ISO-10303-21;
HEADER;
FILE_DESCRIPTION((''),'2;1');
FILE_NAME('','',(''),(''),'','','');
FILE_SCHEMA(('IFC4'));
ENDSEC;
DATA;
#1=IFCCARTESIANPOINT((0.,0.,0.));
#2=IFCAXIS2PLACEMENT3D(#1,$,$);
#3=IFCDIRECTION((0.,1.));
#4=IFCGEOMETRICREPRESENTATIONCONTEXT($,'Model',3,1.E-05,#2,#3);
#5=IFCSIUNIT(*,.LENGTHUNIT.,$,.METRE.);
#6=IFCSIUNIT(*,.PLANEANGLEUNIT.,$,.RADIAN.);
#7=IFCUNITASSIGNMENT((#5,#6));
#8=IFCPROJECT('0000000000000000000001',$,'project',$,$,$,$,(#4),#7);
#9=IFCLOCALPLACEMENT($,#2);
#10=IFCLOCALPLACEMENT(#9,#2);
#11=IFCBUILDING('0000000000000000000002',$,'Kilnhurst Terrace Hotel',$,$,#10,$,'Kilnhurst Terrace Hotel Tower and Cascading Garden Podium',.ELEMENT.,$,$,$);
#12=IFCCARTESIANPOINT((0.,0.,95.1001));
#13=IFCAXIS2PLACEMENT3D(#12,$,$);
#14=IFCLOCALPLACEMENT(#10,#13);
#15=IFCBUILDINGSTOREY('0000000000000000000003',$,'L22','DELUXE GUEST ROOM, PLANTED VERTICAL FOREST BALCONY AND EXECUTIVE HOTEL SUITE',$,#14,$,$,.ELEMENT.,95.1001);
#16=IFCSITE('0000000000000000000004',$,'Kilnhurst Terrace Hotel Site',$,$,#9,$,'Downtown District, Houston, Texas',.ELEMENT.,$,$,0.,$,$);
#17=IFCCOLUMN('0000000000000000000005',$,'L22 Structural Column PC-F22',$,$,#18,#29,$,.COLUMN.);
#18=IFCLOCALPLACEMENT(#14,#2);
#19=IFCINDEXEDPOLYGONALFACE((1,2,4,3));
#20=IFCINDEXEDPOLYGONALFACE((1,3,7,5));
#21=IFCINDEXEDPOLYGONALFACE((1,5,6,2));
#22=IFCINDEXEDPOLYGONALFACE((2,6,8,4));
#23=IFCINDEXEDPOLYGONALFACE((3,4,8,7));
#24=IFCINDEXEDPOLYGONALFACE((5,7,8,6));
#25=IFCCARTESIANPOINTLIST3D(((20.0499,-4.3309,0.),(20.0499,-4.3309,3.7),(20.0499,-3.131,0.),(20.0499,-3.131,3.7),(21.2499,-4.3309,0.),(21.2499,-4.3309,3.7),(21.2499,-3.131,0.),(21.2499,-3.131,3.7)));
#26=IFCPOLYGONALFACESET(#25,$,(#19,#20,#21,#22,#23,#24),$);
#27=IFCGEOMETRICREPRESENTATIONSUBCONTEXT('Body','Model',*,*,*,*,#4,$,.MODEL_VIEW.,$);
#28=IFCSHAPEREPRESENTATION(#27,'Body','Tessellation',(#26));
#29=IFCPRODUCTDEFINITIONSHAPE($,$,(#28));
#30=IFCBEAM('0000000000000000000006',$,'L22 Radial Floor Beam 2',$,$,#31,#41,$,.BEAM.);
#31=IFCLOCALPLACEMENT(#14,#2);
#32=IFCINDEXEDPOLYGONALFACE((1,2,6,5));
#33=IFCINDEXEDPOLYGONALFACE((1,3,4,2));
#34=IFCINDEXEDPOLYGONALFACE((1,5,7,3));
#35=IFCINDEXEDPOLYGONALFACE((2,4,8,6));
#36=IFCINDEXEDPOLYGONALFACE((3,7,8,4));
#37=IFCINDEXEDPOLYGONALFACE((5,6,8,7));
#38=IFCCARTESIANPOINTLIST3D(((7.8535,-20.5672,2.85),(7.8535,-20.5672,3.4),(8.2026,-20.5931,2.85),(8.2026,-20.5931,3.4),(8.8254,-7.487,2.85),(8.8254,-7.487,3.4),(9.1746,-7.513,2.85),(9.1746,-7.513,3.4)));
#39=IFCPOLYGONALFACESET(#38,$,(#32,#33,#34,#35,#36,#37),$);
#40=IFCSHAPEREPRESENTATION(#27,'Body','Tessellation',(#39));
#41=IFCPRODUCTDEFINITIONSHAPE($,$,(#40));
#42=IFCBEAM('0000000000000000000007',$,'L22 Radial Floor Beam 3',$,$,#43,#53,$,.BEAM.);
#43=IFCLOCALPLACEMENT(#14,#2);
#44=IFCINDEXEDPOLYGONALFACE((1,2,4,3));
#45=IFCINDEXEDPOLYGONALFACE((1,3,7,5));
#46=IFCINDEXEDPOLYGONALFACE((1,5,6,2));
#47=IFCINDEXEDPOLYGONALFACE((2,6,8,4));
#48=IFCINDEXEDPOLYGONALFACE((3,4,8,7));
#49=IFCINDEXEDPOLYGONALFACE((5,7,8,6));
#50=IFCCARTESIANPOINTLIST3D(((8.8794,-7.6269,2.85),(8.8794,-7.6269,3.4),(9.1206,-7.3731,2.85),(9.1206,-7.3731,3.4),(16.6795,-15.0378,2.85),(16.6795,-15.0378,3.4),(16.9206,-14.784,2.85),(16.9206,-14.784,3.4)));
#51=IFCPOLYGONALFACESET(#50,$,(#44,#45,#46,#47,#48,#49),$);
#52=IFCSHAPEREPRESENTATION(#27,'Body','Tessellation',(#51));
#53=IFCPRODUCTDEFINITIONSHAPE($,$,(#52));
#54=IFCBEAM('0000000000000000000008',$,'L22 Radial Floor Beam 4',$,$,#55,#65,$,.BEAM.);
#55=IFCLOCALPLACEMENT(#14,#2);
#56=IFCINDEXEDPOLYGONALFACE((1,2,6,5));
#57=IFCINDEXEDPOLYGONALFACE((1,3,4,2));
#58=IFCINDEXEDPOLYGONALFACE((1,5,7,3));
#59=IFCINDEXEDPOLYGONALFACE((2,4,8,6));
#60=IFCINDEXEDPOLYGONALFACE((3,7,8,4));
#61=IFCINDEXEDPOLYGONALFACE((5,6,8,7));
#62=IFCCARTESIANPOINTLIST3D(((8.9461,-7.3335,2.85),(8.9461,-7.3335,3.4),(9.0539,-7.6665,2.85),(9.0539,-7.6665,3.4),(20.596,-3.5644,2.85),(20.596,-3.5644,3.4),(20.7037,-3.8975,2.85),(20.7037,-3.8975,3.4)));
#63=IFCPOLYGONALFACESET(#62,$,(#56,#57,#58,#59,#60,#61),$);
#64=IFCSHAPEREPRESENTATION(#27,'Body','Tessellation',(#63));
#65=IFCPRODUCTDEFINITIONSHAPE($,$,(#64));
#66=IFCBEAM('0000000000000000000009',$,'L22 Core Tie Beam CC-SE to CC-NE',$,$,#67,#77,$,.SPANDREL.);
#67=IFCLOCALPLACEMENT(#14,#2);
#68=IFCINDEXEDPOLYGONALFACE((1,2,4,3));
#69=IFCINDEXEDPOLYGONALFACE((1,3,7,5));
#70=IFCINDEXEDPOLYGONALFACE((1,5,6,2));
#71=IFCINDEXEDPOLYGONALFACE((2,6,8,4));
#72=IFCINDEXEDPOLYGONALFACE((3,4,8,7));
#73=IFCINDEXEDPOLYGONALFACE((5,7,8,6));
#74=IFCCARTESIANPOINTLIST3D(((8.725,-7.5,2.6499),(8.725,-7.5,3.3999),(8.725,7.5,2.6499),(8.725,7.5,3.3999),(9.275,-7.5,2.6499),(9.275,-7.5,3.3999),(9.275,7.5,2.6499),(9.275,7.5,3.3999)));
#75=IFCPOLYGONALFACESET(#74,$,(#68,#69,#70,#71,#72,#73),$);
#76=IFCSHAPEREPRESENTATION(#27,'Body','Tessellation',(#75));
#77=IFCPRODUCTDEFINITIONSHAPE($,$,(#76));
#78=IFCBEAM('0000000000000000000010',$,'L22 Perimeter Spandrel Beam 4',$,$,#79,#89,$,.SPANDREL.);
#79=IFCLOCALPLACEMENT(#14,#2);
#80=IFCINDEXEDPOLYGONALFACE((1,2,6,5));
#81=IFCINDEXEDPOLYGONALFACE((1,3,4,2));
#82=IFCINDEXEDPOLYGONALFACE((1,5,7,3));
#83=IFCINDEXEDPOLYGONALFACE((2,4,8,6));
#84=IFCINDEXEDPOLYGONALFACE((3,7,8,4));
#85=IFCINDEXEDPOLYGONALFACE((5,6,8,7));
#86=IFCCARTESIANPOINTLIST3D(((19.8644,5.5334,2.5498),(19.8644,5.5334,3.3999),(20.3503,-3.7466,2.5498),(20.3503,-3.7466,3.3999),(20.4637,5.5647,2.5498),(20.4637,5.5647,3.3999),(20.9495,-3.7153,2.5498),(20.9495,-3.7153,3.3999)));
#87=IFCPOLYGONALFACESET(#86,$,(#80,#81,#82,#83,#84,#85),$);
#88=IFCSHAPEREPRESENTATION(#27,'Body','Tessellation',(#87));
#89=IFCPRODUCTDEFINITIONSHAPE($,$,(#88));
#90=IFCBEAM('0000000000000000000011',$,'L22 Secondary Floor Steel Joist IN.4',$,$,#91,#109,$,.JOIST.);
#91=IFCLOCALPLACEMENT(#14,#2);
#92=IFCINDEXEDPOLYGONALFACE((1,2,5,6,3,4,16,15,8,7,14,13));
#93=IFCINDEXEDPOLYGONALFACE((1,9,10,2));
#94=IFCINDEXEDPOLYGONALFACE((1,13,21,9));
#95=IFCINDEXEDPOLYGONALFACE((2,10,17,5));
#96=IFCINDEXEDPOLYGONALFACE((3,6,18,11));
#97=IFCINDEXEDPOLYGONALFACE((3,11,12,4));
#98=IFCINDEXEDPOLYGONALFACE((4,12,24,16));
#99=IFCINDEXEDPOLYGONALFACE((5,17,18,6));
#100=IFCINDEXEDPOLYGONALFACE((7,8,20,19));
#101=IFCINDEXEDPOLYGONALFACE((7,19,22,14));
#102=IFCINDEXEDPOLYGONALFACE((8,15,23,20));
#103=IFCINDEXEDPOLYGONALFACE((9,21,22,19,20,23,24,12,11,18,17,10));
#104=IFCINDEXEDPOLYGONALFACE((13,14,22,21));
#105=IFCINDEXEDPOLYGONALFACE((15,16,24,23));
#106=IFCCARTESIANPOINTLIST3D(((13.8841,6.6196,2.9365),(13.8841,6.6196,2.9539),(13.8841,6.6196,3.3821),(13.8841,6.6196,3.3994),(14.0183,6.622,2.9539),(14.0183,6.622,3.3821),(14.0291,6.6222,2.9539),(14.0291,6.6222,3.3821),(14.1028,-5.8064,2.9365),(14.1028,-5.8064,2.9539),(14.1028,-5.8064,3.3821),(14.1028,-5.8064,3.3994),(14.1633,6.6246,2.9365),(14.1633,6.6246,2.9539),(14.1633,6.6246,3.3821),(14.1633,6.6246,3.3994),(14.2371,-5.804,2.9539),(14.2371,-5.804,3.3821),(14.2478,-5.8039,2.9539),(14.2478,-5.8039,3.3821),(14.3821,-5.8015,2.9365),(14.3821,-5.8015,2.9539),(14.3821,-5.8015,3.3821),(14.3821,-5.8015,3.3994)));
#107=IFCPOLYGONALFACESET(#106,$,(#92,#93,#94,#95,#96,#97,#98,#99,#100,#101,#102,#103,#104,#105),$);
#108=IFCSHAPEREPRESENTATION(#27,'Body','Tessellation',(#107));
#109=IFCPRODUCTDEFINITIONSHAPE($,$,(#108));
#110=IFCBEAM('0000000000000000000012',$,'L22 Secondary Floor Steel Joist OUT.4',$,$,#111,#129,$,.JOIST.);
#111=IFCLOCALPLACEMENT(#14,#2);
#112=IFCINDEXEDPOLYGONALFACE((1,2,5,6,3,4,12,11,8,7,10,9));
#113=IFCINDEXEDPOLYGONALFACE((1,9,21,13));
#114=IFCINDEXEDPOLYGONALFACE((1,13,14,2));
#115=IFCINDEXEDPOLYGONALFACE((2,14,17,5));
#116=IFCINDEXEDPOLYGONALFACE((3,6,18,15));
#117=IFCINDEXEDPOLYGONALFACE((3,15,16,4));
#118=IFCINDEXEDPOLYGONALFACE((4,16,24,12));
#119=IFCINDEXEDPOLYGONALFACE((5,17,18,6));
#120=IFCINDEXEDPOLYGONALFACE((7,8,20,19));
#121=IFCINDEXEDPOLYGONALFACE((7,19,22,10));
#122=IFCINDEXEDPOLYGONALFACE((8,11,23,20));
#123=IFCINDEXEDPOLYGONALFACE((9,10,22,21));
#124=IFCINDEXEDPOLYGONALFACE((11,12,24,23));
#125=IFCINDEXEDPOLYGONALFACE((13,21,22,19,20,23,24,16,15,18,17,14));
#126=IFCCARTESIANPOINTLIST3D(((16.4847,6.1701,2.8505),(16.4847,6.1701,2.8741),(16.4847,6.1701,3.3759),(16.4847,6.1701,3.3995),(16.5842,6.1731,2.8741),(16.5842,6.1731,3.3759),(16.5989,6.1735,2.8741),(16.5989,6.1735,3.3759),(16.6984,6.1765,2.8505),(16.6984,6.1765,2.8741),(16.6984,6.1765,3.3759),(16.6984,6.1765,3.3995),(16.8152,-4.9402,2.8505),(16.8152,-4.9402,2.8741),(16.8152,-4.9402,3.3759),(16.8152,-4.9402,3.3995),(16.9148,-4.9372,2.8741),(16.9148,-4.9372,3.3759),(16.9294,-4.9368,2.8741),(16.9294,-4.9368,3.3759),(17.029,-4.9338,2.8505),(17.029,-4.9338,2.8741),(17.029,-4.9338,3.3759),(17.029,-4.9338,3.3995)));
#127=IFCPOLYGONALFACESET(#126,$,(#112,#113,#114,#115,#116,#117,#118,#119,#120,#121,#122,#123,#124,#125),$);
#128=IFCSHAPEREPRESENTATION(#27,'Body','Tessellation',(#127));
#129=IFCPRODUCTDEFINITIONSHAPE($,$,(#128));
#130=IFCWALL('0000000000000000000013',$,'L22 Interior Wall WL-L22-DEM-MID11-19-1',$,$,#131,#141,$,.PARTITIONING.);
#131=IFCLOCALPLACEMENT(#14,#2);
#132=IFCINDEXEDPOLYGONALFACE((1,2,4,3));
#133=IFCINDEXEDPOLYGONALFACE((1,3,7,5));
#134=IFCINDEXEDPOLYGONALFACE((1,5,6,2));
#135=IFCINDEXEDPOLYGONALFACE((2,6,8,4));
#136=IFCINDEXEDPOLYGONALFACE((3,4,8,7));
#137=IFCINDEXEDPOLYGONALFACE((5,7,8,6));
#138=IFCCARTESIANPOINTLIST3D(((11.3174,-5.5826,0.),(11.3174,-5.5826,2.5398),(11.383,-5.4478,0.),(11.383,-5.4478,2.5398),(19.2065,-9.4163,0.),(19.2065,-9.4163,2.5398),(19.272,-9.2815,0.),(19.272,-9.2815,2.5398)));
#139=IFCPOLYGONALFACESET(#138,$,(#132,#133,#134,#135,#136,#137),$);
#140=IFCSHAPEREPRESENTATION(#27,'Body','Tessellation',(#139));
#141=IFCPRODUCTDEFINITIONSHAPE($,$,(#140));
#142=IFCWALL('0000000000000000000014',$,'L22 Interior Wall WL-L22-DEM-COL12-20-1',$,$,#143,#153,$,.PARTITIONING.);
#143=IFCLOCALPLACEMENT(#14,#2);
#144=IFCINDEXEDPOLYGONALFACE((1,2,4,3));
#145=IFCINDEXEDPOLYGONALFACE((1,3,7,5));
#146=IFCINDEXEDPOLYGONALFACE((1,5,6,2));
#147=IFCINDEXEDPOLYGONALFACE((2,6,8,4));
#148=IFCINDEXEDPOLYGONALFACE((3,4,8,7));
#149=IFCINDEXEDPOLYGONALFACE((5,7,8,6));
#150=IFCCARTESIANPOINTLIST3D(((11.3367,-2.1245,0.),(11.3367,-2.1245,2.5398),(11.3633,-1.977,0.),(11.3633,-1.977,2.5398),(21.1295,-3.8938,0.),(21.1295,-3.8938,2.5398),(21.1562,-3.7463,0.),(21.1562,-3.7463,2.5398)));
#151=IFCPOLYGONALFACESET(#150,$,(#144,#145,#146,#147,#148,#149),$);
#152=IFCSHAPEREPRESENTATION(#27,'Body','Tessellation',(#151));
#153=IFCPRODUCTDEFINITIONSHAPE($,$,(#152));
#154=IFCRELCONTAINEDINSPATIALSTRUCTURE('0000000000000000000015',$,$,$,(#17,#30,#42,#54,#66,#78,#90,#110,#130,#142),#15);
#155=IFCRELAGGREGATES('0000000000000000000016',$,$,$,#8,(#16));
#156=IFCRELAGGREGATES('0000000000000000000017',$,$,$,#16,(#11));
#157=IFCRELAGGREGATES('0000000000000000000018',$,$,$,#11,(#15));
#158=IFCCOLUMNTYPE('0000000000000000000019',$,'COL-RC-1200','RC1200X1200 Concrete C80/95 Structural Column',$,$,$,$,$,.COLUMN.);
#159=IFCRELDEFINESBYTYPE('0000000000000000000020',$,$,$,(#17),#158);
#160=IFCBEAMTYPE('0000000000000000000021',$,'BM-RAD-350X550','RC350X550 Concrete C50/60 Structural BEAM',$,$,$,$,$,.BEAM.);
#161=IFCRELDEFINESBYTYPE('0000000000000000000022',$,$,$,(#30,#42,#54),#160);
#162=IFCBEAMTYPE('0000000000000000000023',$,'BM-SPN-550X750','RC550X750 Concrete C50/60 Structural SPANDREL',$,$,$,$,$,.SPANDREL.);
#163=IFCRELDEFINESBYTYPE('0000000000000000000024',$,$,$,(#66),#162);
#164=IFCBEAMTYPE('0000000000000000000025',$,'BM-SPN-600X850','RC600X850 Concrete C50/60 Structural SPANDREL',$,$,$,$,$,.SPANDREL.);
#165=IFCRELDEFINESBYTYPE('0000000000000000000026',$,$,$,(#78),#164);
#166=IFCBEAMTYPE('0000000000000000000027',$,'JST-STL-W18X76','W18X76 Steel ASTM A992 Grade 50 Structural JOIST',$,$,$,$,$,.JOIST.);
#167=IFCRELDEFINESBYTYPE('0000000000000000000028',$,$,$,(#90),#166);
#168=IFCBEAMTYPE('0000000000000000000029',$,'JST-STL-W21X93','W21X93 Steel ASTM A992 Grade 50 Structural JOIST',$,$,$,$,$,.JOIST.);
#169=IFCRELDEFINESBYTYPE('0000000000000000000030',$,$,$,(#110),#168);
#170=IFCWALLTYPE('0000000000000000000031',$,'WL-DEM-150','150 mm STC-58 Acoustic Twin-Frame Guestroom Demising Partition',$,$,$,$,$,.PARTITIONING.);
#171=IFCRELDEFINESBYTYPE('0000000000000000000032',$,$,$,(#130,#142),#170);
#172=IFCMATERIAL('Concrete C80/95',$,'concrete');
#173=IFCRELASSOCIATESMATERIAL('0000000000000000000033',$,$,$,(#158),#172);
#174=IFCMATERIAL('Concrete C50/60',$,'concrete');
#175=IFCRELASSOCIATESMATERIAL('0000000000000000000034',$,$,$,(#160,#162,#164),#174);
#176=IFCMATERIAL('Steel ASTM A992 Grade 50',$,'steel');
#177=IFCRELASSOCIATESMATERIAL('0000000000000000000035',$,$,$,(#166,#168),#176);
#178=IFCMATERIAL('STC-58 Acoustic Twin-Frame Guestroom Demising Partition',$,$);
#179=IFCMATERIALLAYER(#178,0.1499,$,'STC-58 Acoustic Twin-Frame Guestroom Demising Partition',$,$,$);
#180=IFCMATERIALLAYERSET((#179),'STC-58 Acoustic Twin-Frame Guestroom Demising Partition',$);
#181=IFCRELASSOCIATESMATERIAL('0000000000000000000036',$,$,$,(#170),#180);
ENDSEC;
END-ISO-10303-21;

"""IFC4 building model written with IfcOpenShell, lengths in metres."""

from ifc_helpers import new_model, si_unit, direction, frame, frame_2d, origin, origin_2d, place, context, subcontext, project, spatial, rectangle, i_section, extrude, material, layer, layer_set, material_profile, profile_set, type_object, element, save


model = new_model("IFC4")

# Units and contexts
model_context = context("Model", 3, precision=1e-05, world=origin(), true_north=direction((0.0, 1.0)))
body_context = subcontext(model_context, "Body", "Model", "MODEL_VIEW")
ifc_project = project(units=[si_unit("LENGTHUNIT", "METRE"), si_unit("PLANEANGLEUNIT", "RADIAN")], contexts=[model_context])

# Site, building, storey
site_placement = place(None, origin())
site = spatial("IfcSite", under=ifc_project, at=site_placement, Name="Kilnhurst Terrace Hotel Site", LongName="Downtown District, Houston, Texas", CompositionType="ELEMENT", RefElevation=0.0)
building_placement = place(site_placement, origin())
building = spatial("IfcBuilding", under=site, at=building_placement, Name="Kilnhurst Terrace Hotel", LongName="Kilnhurst Terrace Hotel Tower and Cascading Garden Podium", CompositionType="ELEMENT")
storey_placement = place(building_placement, frame((0.0, 0.0, 95.1001)))
storey = spatial("IfcBuildingStorey", under=building, at=storey_placement, Name="L22", Description="DELUXE GUEST ROOM, PLANTED VERTICAL FOREST BALCONY AND EXECUTIVE HOTEL SUITE", CompositionType="ELEMENT", Elevation=95.1001)

# Column
ifc_material_1 = material(Name="Concrete C80/95", Category="concrete")
ifc_material_profile_1 = material_profile(ifc_material_1, rectangle(XDim=1.2, YDim=1.2, at=origin_2d()), Name="RC1200X1200")
ifc_profile_set_1 = profile_set([ifc_material_profile_1], Name="Concrete C80/95")
column_type = type_object("IfcColumnType", Name="COL-RC-1200", Description="RC1200X1200 Concrete C80/95 Structural Column", PredefinedType="COLUMN", material=ifc_profile_set_1)
column_placement = place(storey_placement, frame((20.6499, -3.731, 0.0), z_axis=(0.0, 0.0, 1.0), x_axis=(1.0, 0.0, 0.0)))
element("IfcColumn", 1, at=column_placement, inside=storey, type_object=column_type, Name="L22 Structural Column PC-F22", PredefinedType="COLUMN", context=body_context, shape_type="SweptSolid", body=[
    extrude(rectangle(XDim=1.2, YDim=1.2, at=origin_2d()), origin(), (0.0, 0.0, 1.0), 3.7),
])

# Beams
ifc_material_2 = material(Name="Concrete C50/60", Category="concrete")
ifc_material_profile_2 = material_profile(ifc_material_2, rectangle(XDim=0.3501, YDim=0.55, at=origin_2d()), Name="RC350X550")
ifc_profile_set_2 = profile_set([ifc_material_profile_2], Name="Concrete C50/60")
beam_type_1 = type_object("IfcBeamType", Name="BM-RAD-350X550", Description="RC350X550 Concrete C50/60 Structural BEAM", PredefinedType="BEAM", material=ifc_profile_set_2)
beam_1_placement = place(storey_placement, frame((9.0, -7.5, 3.125), z_axis=(-0.074101, -0.997251, 0.0), x_axis=(0.997251, -0.074101, 0.0)))
element("IfcBeam", 2, at=beam_1_placement, inside=storey, type_object=beam_type_1, Name="L22 Radial Floor Beam 2", PredefinedType="BEAM", context=body_context, shape_type="SweptSolid", body=[
    extrude(rectangle(XDim=0.3501, YDim=0.55, at=origin_2d()), origin(), (0.0, 0.0, 1.0), 13.1162),
])
beam_2_placement = place(storey_placement, frame((9.0, -7.5, 3.125), z_axis=(0.72496, -0.688791, 0.0), x_axis=(0.688791, 0.72496, 0.0)))
element("IfcBeam", 3, at=beam_2_placement, inside=storey, type_object=beam_type_1, Name="L22 Radial Floor Beam 3", PredefinedType="BEAM", context=body_context, shape_type="SweptSolid", body=[
    extrude(rectangle(XDim=0.3501, YDim=0.55, at=origin_2d()), origin(), (0.0, 0.0, 1.0), 10.7593),
])
beam_3_placement = place(storey_placement, frame((9.0, -7.5, 3.125), z_axis=(0.951446, 0.307817, 0.0), x_axis=(-0.307817, 0.951446, 0.0)))
element("IfcBeam", 4, at=beam_3_placement, inside=storey, type_object=beam_type_1, Name="L22 Radial Floor Beam 4", PredefinedType="BEAM", context=body_context, shape_type="SweptSolid", body=[
    extrude(rectangle(XDim=0.3501, YDim=0.55, at=origin_2d()), origin(), (0.0, 0.0, 1.0), 12.2444),
])
ifc_material_profile_3 = material_profile(ifc_material_2, rectangle(XDim=0.55, YDim=0.75, at=origin_2d()), Name="RC550X750")
ifc_profile_set_3 = profile_set([ifc_material_profile_3], Name="Concrete C50/60")
beam_type_2 = type_object("IfcBeamType", Name="BM-SPN-550X750", Description="RC550X750 Concrete C50/60 Structural SPANDREL", PredefinedType="SPANDREL", material=ifc_profile_set_3)
beam_4_placement = place(storey_placement, frame((9.0, -7.5, 3.0249), z_axis=(0.0, 1.0, 0.0), x_axis=(-1.0, 0.0, 0.0)))
element("IfcBeam", 5, at=beam_4_placement, inside=storey, type_object=beam_type_2, Name="L22 Core Tie Beam CC-SE to CC-NE", PredefinedType="SPANDREL", context=body_context, shape_type="SweptSolid", body=[
    extrude(rectangle(XDim=0.55, YDim=0.75, at=origin_2d()), origin(), (0.0, 0.0, 1.0), 15.0),
])
ifc_material_profile_4 = material_profile(ifc_material_2, rectangle(XDim=0.6001, YDim=0.8501, at=origin_2d()), Name="RC600X850")
ifc_profile_set_4 = profile_set([ifc_material_profile_4], Name="Concrete C50/60")
beam_type_3 = type_object("IfcBeamType", Name="BM-SPN-600X850", Description="RC600X850 Concrete C50/60 Structural SPANDREL", PredefinedType="SPANDREL", material=ifc_profile_set_4)
beam_5_placement = place(storey_placement, frame((20.6499, -3.731, 2.9749), z_axis=(-0.052282, 0.998632, 0.0), x_axis=(-0.998632, -0.052282, 0.0)))
element("IfcBeam", 6, at=beam_5_placement, inside=storey, type_object=beam_type_3, Name="L22 Perimeter Spandrel Beam 4", PredefinedType="SPANDREL", context=body_context, shape_type="SweptSolid", body=[
    extrude(rectangle(XDim=0.6001, YDim=0.8501, at=origin_2d()), origin(), (0.0, 0.0, 1.0), 9.2927),
])
ifc_material_3 = material(Name="Steel ASTM A992 Grade 50", Category="steel")
ifc_material_profile_5 = material_profile(ifc_material_3, i_section(OverallWidth=0.2793, OverallDepth=0.4629, WebThickness=0.0107, FlangeThickness=0.0173, at=origin_2d()), Name="W18X76")
ifc_profile_set_5 = profile_set([ifc_material_profile_5], Name="Steel ASTM A992 Grade 50")
beam_type_4 = type_object("IfcBeamType", Name="JST-STL-W18X76", Description="W18X76 Steel ASTM A992 Grade 50 Structural JOIST", PredefinedType="JOIST", material=ifc_profile_set_5)
beam_6_placement = place(storey_placement, frame((14.2424, -5.804, 3.168), z_axis=(-0.017601, 0.999845, 0.0), x_axis=(-0.999845, -0.017601, 0.0)))
element("IfcBeam", 7, at=beam_6_placement, inside=storey, type_object=beam_type_4, Name="L22 Secondary Floor Steel Joist IN.4", PredefinedType="JOIST", context=body_context, shape_type="SweptSolid", body=[
    extrude(i_section(OverallWidth=0.2793, OverallDepth=0.4629, WebThickness=0.0107, FlangeThickness=0.0173, at=origin_2d()), origin(), (0.0, 0.0, 1.0), 12.428),
])
ifc_material_profile_6 = material_profile(ifc_material_3, i_section(OverallWidth=0.2139, OverallDepth=0.5491, WebThickness=0.0146, FlangeThickness=0.0237, at=origin_2d()), Name="W21X93")
ifc_profile_set_6 = profile_set([ifc_material_profile_6], Name="Steel ASTM A992 Grade 50")
beam_type_5 = type_object("IfcBeamType", Name="JST-STL-W21X93", Description="W21X93 Steel ASTM A992 Grade 50 Structural JOIST", PredefinedType="JOIST", material=ifc_profile_set_6)
beam_7_placement = place(storey_placement, frame((16.9221, -4.937, 3.125), z_axis=(-0.02974, 0.999558, 0.0), x_axis=(-0.999558, -0.02974, 0.0)))
element("IfcBeam", 8, at=beam_7_placement, inside=storey, type_object=beam_type_5, Name="L22 Secondary Floor Steel Joist OUT.4", PredefinedType="JOIST", context=body_context, shape_type="SweptSolid", body=[
    extrude(i_section(OverallWidth=0.2139, OverallDepth=0.5491, WebThickness=0.0146, FlangeThickness=0.0237, at=origin_2d()), origin(), (0.0, 0.0, 1.0), 11.1152),
])

# Walls
ifc_material_4 = material(Name="STC-58 Acoustic Twin-Frame Guestroom Demising Partition")
ifc_layer_1 = layer(ifc_material_4, 0.1499, Name="STC-58 Acoustic Twin-Frame Guestroom Demising Partition")
ifc_layer_set_1 = layer_set([ifc_layer_1], Name="STC-58 Acoustic Twin-Frame Guestroom Demising Partition")
wall_type_1 = type_object("IfcWallType", Name="WL-DEM-150", Description="150 mm STC-58 Acoustic Twin-Frame Guestroom Demising Partition", PredefinedType="PARTITIONING", material=ifc_layer_set_1)
wall_1_placement = place(storey_placement, frame((11.3501, -5.5151, 0.0), z_axis=(0.0, 0.0, 1.0), x_axis=(0.899425, -0.437076, 0.0)))
element("IfcWall", 9, at=wall_1_placement, inside=storey, type_object=wall_type_1, Name="L22 Interior Wall WL-L22-DEM-MID11-19-1", PredefinedType="PARTITIONING", context=body_context, shape_type="SweptSolid", body=[
    extrude(rectangle(XDim=8.7712, YDim=0.1499, at=frame_2d((4.3857, 0.0))), origin(), (0.0, 0.0, 1.0), 2.5398),
])
wall_2_placement = place(storey_placement, frame((11.3501, -2.0508, 0.0), z_axis=(0.0, 0.0, 1.0), x_axis=(0.984068, -0.177791, 0.0)))
element("IfcWall", 10, at=wall_2_placement, inside=storey, type_object=wall_type_1, Name="L22 Interior Wall WL-L22-DEM-COL12-20-1", PredefinedType="PARTITIONING", context=body_context, shape_type="SweptSolid", body=[
    extrude(rectangle(XDim=9.9514, YDim=0.1499, at=frame_2d((4.9756, 0.0))), origin(), (0.0, 0.0, 1.0), 2.5398),
])

save(model, "model.ifc")
